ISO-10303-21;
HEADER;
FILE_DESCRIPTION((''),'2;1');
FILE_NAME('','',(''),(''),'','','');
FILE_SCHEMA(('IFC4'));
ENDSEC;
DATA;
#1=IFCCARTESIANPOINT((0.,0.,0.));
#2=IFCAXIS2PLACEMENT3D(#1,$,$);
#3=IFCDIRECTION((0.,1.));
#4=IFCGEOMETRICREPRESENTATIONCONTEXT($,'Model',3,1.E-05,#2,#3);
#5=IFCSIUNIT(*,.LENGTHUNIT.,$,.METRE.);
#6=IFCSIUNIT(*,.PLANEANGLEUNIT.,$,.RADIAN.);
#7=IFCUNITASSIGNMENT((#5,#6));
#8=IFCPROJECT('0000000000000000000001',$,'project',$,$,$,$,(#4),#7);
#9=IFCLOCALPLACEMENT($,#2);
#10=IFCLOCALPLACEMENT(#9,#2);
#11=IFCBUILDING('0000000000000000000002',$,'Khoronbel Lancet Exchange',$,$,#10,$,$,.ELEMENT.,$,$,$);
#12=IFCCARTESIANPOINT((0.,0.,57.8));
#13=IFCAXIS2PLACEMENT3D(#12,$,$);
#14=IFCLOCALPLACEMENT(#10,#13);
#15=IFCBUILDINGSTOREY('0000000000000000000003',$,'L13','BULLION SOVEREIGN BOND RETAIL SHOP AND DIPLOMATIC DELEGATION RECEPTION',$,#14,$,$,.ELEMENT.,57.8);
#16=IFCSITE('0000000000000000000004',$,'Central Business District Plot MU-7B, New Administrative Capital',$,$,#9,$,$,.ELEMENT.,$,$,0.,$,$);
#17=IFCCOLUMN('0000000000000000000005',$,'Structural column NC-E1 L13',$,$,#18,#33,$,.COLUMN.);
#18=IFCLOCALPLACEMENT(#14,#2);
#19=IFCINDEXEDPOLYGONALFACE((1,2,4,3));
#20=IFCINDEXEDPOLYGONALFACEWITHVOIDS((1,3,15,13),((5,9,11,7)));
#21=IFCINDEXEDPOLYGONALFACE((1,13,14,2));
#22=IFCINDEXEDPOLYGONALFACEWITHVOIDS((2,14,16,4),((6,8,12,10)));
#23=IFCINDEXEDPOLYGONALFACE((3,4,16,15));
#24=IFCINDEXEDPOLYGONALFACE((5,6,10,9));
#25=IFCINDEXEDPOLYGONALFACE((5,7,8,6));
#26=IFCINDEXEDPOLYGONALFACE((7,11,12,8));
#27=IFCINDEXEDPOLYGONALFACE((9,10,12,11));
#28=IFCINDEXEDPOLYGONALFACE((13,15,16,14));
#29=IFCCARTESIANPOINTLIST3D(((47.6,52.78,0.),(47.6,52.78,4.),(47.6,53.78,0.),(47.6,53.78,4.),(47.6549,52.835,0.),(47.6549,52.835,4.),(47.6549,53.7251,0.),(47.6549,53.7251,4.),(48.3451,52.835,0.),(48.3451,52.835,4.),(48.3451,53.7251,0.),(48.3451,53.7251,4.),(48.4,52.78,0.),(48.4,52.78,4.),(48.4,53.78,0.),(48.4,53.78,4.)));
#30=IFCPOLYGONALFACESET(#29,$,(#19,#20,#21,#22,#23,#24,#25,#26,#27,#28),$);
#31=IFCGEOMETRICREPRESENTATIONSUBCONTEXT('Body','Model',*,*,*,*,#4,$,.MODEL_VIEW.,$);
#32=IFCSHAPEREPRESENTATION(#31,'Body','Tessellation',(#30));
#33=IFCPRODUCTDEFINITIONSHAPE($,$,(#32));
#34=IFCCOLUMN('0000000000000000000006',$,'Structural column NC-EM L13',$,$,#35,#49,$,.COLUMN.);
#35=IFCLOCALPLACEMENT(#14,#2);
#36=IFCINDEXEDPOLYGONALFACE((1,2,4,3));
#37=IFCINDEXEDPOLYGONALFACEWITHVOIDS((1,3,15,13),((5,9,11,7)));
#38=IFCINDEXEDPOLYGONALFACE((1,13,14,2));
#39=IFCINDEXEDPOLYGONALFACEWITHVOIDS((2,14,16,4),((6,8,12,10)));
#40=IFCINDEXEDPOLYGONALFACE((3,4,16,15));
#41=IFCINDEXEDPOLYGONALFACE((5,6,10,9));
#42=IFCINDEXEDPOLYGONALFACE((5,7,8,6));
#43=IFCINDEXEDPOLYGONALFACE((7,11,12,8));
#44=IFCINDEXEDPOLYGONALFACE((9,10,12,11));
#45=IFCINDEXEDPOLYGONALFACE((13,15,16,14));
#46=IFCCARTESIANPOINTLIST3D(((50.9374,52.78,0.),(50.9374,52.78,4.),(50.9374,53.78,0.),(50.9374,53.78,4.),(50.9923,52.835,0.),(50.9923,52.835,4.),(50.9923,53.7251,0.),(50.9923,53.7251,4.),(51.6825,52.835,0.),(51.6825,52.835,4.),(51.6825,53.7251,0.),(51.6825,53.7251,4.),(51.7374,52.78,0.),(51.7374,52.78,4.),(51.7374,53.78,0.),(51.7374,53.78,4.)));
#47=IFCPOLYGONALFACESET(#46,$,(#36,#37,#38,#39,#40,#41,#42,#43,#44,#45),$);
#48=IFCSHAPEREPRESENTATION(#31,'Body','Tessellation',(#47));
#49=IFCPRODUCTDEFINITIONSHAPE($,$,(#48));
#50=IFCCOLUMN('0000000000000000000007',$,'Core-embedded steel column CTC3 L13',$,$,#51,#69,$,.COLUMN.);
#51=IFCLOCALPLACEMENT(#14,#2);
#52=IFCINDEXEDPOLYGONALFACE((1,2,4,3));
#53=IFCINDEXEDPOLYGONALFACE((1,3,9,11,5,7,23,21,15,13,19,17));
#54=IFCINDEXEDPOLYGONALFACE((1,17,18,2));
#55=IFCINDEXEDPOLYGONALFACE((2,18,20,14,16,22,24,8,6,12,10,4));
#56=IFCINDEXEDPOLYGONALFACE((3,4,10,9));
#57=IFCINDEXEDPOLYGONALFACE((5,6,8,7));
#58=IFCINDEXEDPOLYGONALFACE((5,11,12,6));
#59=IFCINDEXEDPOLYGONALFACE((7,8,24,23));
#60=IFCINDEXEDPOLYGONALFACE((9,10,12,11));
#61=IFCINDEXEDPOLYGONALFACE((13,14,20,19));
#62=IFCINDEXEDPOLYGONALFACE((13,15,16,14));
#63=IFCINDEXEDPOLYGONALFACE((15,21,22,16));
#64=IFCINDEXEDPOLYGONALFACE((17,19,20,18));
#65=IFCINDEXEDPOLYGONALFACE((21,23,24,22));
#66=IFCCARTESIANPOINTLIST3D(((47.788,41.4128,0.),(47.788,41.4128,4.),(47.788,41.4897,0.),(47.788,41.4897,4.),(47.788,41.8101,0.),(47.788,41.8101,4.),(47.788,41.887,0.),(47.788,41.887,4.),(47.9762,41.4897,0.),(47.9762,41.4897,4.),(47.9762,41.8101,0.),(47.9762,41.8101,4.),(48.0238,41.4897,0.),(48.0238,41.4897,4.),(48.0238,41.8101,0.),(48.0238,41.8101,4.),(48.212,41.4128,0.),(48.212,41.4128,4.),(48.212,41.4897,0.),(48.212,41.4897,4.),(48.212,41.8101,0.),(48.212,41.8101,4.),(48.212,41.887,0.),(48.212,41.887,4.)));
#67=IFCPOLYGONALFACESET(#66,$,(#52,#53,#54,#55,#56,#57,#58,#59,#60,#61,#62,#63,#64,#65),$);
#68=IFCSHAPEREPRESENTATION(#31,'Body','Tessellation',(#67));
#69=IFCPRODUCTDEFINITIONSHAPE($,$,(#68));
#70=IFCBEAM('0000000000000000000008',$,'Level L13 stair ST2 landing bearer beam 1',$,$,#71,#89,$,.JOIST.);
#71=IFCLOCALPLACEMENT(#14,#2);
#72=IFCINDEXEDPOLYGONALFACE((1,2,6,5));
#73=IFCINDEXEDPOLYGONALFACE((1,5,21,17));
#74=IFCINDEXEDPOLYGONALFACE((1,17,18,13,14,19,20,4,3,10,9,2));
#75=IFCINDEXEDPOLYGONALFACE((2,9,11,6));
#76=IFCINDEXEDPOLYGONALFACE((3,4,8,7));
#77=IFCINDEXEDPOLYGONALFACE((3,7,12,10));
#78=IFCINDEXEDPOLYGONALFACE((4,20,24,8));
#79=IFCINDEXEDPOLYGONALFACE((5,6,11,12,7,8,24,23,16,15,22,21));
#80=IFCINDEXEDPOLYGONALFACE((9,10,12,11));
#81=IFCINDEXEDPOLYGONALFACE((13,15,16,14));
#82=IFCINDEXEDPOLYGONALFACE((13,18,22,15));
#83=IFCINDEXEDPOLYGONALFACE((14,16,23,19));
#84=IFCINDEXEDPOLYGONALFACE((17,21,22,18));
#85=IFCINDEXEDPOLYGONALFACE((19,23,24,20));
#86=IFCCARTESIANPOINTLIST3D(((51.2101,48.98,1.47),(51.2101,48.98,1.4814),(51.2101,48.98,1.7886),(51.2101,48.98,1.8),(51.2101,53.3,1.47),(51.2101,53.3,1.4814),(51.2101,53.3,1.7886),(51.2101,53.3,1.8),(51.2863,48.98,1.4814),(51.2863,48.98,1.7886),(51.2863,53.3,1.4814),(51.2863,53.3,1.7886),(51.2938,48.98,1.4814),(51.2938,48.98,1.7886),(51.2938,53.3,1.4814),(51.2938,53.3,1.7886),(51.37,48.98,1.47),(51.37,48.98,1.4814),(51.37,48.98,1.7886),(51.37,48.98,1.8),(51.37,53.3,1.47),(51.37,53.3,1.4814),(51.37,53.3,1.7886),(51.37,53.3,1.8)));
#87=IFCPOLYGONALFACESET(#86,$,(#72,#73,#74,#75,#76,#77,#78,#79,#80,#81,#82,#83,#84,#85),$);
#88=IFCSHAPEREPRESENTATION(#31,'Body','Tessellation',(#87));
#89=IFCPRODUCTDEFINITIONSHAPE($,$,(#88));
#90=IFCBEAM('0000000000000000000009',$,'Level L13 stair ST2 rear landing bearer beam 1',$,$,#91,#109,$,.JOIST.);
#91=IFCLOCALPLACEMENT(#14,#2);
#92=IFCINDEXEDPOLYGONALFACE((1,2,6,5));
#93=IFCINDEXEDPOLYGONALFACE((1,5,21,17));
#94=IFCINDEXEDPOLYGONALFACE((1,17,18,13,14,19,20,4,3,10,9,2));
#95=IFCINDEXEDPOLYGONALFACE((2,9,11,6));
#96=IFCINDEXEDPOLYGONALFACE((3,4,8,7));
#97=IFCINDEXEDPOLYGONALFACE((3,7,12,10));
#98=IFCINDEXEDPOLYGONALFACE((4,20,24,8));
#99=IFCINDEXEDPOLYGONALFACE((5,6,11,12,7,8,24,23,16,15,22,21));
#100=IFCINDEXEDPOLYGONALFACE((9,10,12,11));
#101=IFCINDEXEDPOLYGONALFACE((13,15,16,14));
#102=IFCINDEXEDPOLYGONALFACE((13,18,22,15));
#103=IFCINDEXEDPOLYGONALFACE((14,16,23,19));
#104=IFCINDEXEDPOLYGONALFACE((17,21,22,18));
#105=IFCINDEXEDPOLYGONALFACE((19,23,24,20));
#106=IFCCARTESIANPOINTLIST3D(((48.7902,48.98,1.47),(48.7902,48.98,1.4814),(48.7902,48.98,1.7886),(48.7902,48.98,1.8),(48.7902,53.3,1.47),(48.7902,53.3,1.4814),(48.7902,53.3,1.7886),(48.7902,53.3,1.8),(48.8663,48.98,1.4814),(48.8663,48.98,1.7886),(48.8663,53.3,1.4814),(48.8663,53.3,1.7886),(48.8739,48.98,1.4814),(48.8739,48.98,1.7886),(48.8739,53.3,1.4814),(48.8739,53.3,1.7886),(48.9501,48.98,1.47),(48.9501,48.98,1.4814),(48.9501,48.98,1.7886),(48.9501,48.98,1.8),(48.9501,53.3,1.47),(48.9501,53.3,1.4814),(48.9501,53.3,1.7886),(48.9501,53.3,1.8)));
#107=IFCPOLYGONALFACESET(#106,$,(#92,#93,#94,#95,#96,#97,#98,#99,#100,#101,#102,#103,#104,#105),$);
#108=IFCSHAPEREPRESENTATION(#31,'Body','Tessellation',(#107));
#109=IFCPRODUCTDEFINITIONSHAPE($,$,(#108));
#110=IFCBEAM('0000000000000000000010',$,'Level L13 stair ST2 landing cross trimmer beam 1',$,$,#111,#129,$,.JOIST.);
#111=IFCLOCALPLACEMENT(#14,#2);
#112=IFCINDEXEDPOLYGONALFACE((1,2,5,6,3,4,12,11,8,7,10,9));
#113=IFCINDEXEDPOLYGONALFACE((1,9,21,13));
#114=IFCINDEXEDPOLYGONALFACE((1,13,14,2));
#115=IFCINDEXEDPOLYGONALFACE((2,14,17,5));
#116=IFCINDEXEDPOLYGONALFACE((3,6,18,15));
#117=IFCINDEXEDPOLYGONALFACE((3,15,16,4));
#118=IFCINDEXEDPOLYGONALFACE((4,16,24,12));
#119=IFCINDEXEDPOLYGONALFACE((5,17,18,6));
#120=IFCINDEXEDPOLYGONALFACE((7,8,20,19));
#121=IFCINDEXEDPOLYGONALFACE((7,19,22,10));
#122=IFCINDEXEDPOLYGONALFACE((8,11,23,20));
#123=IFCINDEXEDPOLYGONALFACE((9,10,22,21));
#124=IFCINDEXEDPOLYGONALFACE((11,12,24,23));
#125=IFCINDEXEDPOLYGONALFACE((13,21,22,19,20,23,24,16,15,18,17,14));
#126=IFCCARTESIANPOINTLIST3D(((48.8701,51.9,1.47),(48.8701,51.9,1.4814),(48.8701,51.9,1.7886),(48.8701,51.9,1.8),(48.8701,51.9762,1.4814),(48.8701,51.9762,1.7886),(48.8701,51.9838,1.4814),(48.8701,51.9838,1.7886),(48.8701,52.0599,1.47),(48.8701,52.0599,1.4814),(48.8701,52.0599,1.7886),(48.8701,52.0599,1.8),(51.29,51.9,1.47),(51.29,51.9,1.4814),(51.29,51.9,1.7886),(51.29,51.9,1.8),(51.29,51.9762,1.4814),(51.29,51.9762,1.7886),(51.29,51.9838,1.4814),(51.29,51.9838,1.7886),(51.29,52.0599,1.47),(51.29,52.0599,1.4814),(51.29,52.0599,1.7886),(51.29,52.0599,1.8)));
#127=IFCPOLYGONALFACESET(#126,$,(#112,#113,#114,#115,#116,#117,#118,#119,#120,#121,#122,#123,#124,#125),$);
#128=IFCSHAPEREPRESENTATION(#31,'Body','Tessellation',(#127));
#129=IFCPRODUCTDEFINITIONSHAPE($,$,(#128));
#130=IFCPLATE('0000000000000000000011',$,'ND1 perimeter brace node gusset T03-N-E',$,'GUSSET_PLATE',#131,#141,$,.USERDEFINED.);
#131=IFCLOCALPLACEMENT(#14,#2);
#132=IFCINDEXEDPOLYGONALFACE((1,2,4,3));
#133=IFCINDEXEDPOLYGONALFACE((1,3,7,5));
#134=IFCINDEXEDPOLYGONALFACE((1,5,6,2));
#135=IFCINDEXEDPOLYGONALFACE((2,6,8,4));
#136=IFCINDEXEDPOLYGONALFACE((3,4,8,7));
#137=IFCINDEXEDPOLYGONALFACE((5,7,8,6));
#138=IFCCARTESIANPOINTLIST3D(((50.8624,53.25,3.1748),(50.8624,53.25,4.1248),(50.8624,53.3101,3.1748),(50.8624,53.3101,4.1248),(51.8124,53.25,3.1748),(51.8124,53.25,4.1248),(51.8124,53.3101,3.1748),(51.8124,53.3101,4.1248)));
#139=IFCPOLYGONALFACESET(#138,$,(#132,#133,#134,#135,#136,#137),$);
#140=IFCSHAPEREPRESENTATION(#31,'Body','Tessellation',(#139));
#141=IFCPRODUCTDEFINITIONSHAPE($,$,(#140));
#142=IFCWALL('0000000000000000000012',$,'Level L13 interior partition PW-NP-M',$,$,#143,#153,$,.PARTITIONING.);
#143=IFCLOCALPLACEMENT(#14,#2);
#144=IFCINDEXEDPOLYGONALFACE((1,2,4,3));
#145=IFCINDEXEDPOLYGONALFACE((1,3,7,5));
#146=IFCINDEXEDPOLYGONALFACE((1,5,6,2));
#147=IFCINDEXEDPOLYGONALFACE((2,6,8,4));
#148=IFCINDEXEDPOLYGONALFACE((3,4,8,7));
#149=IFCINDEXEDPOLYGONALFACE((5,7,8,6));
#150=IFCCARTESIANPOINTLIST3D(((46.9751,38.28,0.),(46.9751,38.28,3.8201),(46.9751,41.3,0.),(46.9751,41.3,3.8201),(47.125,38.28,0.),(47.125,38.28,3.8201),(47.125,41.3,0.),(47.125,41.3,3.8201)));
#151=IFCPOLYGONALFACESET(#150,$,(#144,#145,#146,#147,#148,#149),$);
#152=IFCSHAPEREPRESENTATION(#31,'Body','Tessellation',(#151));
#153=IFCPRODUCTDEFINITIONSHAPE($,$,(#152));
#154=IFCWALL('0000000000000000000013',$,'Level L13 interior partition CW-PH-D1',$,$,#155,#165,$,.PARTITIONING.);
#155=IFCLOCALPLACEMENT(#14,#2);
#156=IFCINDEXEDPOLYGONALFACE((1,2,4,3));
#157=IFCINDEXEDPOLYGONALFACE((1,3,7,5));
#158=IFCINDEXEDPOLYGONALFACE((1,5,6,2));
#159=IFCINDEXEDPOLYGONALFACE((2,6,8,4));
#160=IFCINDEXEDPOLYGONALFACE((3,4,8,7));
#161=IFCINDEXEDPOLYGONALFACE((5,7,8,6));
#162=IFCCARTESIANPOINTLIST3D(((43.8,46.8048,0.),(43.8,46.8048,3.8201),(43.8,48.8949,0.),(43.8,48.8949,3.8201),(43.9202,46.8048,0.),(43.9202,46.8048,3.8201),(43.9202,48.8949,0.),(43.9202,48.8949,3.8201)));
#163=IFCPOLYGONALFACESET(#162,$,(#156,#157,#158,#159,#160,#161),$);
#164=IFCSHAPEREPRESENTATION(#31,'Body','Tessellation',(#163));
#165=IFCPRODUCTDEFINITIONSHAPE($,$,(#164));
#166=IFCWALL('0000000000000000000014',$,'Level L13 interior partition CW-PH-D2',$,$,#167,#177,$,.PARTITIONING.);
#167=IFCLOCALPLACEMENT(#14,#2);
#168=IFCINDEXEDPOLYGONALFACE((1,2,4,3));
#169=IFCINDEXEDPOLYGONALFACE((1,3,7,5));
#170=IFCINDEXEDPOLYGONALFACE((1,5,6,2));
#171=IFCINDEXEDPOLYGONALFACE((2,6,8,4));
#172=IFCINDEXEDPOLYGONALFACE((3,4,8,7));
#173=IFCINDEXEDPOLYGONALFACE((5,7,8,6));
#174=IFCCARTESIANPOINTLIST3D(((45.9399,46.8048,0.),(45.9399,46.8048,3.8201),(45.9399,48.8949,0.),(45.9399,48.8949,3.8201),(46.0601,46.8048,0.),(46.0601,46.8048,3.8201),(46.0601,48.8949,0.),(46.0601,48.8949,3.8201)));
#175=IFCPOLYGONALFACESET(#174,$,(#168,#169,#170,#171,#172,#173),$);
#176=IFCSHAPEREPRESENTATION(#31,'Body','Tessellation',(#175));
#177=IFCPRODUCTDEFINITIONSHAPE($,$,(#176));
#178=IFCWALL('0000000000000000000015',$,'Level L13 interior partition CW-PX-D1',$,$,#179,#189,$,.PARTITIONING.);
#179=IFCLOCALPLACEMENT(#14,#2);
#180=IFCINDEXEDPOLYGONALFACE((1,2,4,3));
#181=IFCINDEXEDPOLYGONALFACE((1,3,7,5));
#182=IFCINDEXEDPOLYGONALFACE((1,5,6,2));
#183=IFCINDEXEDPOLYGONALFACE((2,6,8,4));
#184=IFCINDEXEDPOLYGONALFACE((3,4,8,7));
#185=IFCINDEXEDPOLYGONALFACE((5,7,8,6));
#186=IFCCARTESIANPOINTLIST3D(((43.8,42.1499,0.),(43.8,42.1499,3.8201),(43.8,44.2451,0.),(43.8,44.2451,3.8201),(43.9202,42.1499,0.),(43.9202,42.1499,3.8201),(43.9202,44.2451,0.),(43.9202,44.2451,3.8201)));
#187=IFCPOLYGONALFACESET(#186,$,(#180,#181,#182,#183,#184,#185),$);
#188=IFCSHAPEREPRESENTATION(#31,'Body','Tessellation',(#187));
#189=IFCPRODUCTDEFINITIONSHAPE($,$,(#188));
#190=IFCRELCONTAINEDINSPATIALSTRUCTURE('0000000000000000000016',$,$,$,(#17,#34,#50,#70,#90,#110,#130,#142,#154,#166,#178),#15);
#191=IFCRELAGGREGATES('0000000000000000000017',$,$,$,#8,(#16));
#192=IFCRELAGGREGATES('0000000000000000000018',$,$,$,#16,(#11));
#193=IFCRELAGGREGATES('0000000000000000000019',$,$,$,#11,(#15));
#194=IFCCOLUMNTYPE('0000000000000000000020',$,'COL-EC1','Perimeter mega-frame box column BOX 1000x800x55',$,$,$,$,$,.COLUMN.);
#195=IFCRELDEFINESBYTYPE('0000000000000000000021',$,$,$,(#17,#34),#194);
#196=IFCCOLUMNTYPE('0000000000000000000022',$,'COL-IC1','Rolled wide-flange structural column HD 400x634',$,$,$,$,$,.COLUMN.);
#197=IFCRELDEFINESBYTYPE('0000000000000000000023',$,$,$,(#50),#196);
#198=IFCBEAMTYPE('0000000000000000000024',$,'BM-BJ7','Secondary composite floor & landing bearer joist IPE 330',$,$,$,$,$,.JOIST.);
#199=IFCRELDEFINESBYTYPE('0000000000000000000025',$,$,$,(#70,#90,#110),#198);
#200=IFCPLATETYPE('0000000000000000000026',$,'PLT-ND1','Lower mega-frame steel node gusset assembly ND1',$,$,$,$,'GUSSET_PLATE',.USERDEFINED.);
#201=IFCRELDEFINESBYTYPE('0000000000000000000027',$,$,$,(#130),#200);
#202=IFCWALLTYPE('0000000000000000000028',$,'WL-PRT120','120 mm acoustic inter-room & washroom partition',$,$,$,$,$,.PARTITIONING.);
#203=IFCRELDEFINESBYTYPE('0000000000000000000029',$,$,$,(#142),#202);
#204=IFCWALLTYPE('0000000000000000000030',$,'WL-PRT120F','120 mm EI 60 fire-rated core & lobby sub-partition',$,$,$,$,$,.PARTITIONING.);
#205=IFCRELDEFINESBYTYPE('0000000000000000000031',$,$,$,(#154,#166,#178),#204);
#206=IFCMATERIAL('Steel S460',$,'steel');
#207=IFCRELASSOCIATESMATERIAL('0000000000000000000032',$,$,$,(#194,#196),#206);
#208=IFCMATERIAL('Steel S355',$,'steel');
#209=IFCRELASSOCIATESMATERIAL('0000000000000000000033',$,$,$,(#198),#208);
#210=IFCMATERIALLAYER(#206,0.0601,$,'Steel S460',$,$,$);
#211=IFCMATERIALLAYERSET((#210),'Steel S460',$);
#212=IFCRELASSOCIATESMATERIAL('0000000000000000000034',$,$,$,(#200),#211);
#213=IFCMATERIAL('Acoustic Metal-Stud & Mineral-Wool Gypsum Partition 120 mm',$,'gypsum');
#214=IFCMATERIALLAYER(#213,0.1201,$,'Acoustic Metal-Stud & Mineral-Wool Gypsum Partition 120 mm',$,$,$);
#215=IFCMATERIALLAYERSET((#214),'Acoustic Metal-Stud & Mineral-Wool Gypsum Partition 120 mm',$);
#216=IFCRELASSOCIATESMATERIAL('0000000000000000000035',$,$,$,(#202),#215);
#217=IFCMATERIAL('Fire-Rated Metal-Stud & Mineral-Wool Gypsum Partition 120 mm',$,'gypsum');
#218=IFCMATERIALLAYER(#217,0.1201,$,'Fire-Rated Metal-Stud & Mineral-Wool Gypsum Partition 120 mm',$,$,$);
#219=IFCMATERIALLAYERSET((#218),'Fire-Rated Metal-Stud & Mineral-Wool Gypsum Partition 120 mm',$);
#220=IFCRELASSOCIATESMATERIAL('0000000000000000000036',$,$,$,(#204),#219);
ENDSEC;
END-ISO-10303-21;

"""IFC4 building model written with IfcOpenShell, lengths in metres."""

from ifc_helpers import new_model, si_unit, direction, frame, frame_2d, origin, origin_2d, place, context, subcontext, project, spatial, rectangle, hollow_rectangle, i_section, extrude, material, layer, layer_set, material_profile, profile_set, type_object, element, save


model = new_model("IFC4")

# Units and contexts
model_context = context("Model", 3, precision=1e-05, world=origin(), true_north=direction((0.0, 1.0)))
body_context = subcontext(model_context, "Body", "Model", "MODEL_VIEW")
ifc_project = project(units=[si_unit("LENGTHUNIT", "METRE"), si_unit("PLANEANGLEUNIT", "RADIAN")], contexts=[model_context])

# Site, building, storey
site_placement = place(None, origin())
site = spatial("IfcSite", under=ifc_project, at=site_placement, Name="Central Business District Plot MU-7B, New Administrative Capital", CompositionType="ELEMENT", RefElevation=0.0)
building_placement = place(site_placement, origin())
building = spatial("IfcBuilding", under=site, at=building_placement, Name="Khoronbel Lancet Exchange", CompositionType="ELEMENT")
storey_placement = place(building_placement, frame((0.0, 0.0, 57.8)))
storey = spatial("IfcBuildingStorey", under=building, at=storey_placement, Name="L13", Description="BULLION SOVEREIGN BOND RETAIL SHOP AND DIPLOMATIC DELEGATION RECEPTION", CompositionType="ELEMENT", Elevation=57.8)

# Columns
ifc_material_1 = material(Name="Steel S460", Category="steel")
ifc_material_profile_1 = material_profile(ifc_material_1, hollow_rectangle(XDim=0.8, YDim=1.0, WallThickness=0.0549, at=origin_2d()), Name="BOX 1000x800x55")
ifc_profile_set_1 = profile_set([ifc_material_profile_1], Name="Steel S460")
column_type_1 = type_object("IfcColumnType", Name="COL-EC1", Description="Perimeter mega-frame box column BOX 1000x800x55", PredefinedType="COLUMN", material=ifc_profile_set_1)
for number, where, z_axis, x_axis, name in (
    (1, (48.0, 53.28, 0.0), (0.0, 0.0, 1.0), (1.0, 0.0, 0.0), "Structural column NC-E1 L13"),
    (2, (51.3374, 53.28, 0.0), (0.0, 0.0, 1.0), (1.0, 0.0, 0.0), "Structural column NC-EM L13"),
):
    element("IfcColumn", number, at=place(storey_placement, frame(where, z_axis=z_axis, x_axis=x_axis)), inside=storey, type_object=column_type_1, Name=name, PredefinedType="COLUMN", context=body_context, shape_type="SweptSolid", body=[
        extrude(hollow_rectangle(XDim=0.8, YDim=1.0, WallThickness=0.0549, at=origin_2d()), origin(), (0.0, 0.0, 1.0), 4.0),
    ])
ifc_material_profile_2 = material_profile(ifc_material_1, i_section(OverallWidth=0.4241, OverallDepth=0.4741, WebThickness=0.0476, FlangeThickness=0.0769, at=origin_2d()), Name="HD 400x634")
ifc_profile_set_2 = profile_set([ifc_material_profile_2], Name="Steel S460")
column_type_2 = type_object("IfcColumnType", Name="COL-IC1", Description="Rolled wide-flange structural column HD 400x634", PredefinedType="COLUMN", material=ifc_profile_set_2)
column_placement = place(storey_placement, frame((48.0, 41.6499, 0.0), z_axis=(0.0, 0.0, 1.0), x_axis=(1.0, 0.0, 0.0)))
element("IfcColumn", 3, at=column_placement, inside=storey, type_object=column_type_2, Name="Core-embedded steel column CTC3 L13", PredefinedType="COLUMN", context=body_context, shape_type="SweptSolid", body=[
    extrude(i_section(OverallWidth=0.4241, OverallDepth=0.4741, WebThickness=0.0476, FlangeThickness=0.0769, at=origin_2d()), origin(), (0.0, 0.0, 1.0), 4.0),
])

# Beams
ifc_material_2 = material(Name="Steel S355", Category="steel")
ifc_material_profile_3 = material_profile(ifc_material_2, i_section(OverallWidth=0.1599, OverallDepth=0.3301, WebThickness=0.0076, FlangeThickness=0.0115, at=origin_2d()), Name="IPE 330")
ifc_profile_set_3 = profile_set([ifc_material_profile_3], Name="Steel S355")
beam_type = type_object("IfcBeamType", Name="BM-BJ7", Description="Secondary composite floor & landing bearer joist IPE 330", PredefinedType="JOIST", material=ifc_profile_set_3)
for number, where, z_axis, x_axis, name in (
    (4, (51.29, 48.98, 1.635), (0.0, 1.0, 0.0), (-1.0, 0.0, 0.0), "Level L13 stair ST2 landing bearer beam 1"),
    (5, (48.8701, 48.98, 1.635), (0.0, 1.0, 0.0), (-1.0, 0.0, 0.0), "Level L13 stair ST2 rear landing bearer beam 1"),
):
    element("IfcBeam", number, at=place(storey_placement, frame(where, z_axis=z_axis, x_axis=x_axis)), inside=storey, type_object=beam_type, Name=name, PredefinedType="JOIST", context=body_context, shape_type="SweptSolid", body=[
        extrude(i_section(OverallWidth=0.1599, OverallDepth=0.3301, WebThickness=0.0076, FlangeThickness=0.0115, at=origin_2d()), origin(), (0.0, 0.0, 1.0), 4.3201),
    ])
beam_placement = place(storey_placement, frame((48.8701, 51.98, 1.635), z_axis=(1.0, 0.0, 0.0), x_axis=(0.0, 1.0, 0.0)))
element("IfcBeam", 6, at=beam_placement, inside=storey, type_object=beam_type, Name="Level L13 stair ST2 landing cross trimmer beam 1", PredefinedType="JOIST", context=body_context, shape_type="SweptSolid", body=[
    extrude(i_section(OverallWidth=0.1599, OverallDepth=0.3301, WebThickness=0.0076, FlangeThickness=0.0115, at=origin_2d()), origin(), (0.0, 0.0, 1.0), 2.4199),
])

# Plate
ifc_layer_1 = layer(ifc_material_1, 0.0601, Name="Steel S460")
ifc_layer_set_1 = layer_set([ifc_layer_1], Name="Steel S460")
plate_type = type_object("IfcPlateType", Name="PLT-ND1", Description="Lower mega-frame steel node gusset assembly ND1", ElementType="GUSSET_PLATE", PredefinedType="USERDEFINED", material=ifc_layer_set_1)
plate_placement = place(storey_placement, frame((51.3374, 53.28, 3.1748), z_axis=(0.0, 0.0, 1.0), x_axis=(1.0, 0.0, 0.0)))
element("IfcPlate", 7, at=plate_placement, inside=storey, type_object=plate_type, Name="ND1 perimeter brace node gusset T03-N-E", ObjectType="GUSSET_PLATE", PredefinedType="USERDEFINED", context=body_context, shape_type="SweptSolid", body=[
    extrude(rectangle(XDim=0.95, YDim=0.0601, at=origin_2d()), origin(), (0.0, 0.0, 1.0), 0.95),
])

# Walls
ifc_material_3 = material(Name="Acoustic Metal-Stud & Mineral-Wool Gypsum Partition 120 mm", Category="gypsum")
ifc_layer_2 = layer(ifc_material_3, 0.1201, Name="Acoustic Metal-Stud & Mineral-Wool Gypsum Partition 120 mm")
ifc_layer_set_2 = layer_set([ifc_layer_2], Name="Acoustic Metal-Stud & Mineral-Wool Gypsum Partition 120 mm")
wall_type_1 = type_object("IfcWallType", Name="WL-PRT120", Description="120 mm acoustic inter-room & washroom partition", PredefinedType="PARTITIONING", material=ifc_layer_set_2)
wall_1_placement = place(storey_placement, frame((47.05, 38.28, 0.0), z_axis=(0.0, 0.0, 1.0), x_axis=(0.0, 1.0, 0.0)))
element("IfcWall", 8, at=wall_1_placement, inside=storey, type_object=wall_type_1, Name="Level L13 interior partition PW-NP-M", PredefinedType="PARTITIONING", context=body_context, shape_type="SweptSolid", body=[
    extrude(rectangle(XDim=3.02, YDim=0.1499, at=frame_2d((1.51, 0.0))), origin(), (0.0, 0.0, 1.0), 3.8201),
])
ifc_material_4 = material(Name="Fire-Rated Metal-Stud & Mineral-Wool Gypsum Partition 120 mm", Category="gypsum")
ifc_layer_3 = layer(ifc_material_4, 0.1201, Name="Fire-Rated Metal-Stud & Mineral-Wool Gypsum Partition 120 mm")
ifc_layer_set_3 = layer_set([ifc_layer_3], Name="Fire-Rated Metal-Stud & Mineral-Wool Gypsum Partition 120 mm")
wall_type_2 = type_object("IfcWallType", Name="WL-PRT120F", Description="120 mm EI 60 fire-rated core & lobby sub-partition", PredefinedType="PARTITIONING", material=ifc_layer_set_3)
for number, where, z_axis, x_axis, name in (
    (9, (43.8601, 46.8049, 0.0), (0.0, 0.0, 1.0), (0.0, 1.0, 0.0), "Level L13 interior partition CW-PH-D1"),
    (10, (46.0, 46.8049, 0.0), (0.0, 0.0, 1.0), (0.0, 1.0, 0.0), "Level L13 interior partition CW-PH-D2"),
):
    element("IfcWall", number, at=place(storey_placement, frame(where, z_axis=z_axis, x_axis=x_axis)), inside=storey, type_object=wall_type_2, Name=name, PredefinedType="PARTITIONING", context=body_context, shape_type="SweptSolid", body=[
        extrude(rectangle(XDim=2.0901, YDim=0.1201, at=frame_2d((1.0449, 0.0))), origin(), (0.0, 0.0, 1.0), 3.8201),
    ])
for number, where, z_axis, x_axis, name in (
    (11, (43.8601, 42.1499, 0.0), (0.0, 0.0, 1.0), (0.0, 1.0, 0.0), "Level L13 interior partition CW-PX-D1"),
):
    element("IfcWall", number, at=place(storey_placement, frame(where, z_axis=z_axis, x_axis=x_axis)), inside=storey, type_object=wall_type_2, Name=name, PredefinedType="PARTITIONING", context=body_context, shape_type="SweptSolid", body=[
        extrude(rectangle(XDim=2.0952, YDim=0.1201, at=frame_2d((1.0476, 0.0))), origin(), (0.0, 0.0, 1.0), 3.8201),
    ])

save(model, "model.ifc")
